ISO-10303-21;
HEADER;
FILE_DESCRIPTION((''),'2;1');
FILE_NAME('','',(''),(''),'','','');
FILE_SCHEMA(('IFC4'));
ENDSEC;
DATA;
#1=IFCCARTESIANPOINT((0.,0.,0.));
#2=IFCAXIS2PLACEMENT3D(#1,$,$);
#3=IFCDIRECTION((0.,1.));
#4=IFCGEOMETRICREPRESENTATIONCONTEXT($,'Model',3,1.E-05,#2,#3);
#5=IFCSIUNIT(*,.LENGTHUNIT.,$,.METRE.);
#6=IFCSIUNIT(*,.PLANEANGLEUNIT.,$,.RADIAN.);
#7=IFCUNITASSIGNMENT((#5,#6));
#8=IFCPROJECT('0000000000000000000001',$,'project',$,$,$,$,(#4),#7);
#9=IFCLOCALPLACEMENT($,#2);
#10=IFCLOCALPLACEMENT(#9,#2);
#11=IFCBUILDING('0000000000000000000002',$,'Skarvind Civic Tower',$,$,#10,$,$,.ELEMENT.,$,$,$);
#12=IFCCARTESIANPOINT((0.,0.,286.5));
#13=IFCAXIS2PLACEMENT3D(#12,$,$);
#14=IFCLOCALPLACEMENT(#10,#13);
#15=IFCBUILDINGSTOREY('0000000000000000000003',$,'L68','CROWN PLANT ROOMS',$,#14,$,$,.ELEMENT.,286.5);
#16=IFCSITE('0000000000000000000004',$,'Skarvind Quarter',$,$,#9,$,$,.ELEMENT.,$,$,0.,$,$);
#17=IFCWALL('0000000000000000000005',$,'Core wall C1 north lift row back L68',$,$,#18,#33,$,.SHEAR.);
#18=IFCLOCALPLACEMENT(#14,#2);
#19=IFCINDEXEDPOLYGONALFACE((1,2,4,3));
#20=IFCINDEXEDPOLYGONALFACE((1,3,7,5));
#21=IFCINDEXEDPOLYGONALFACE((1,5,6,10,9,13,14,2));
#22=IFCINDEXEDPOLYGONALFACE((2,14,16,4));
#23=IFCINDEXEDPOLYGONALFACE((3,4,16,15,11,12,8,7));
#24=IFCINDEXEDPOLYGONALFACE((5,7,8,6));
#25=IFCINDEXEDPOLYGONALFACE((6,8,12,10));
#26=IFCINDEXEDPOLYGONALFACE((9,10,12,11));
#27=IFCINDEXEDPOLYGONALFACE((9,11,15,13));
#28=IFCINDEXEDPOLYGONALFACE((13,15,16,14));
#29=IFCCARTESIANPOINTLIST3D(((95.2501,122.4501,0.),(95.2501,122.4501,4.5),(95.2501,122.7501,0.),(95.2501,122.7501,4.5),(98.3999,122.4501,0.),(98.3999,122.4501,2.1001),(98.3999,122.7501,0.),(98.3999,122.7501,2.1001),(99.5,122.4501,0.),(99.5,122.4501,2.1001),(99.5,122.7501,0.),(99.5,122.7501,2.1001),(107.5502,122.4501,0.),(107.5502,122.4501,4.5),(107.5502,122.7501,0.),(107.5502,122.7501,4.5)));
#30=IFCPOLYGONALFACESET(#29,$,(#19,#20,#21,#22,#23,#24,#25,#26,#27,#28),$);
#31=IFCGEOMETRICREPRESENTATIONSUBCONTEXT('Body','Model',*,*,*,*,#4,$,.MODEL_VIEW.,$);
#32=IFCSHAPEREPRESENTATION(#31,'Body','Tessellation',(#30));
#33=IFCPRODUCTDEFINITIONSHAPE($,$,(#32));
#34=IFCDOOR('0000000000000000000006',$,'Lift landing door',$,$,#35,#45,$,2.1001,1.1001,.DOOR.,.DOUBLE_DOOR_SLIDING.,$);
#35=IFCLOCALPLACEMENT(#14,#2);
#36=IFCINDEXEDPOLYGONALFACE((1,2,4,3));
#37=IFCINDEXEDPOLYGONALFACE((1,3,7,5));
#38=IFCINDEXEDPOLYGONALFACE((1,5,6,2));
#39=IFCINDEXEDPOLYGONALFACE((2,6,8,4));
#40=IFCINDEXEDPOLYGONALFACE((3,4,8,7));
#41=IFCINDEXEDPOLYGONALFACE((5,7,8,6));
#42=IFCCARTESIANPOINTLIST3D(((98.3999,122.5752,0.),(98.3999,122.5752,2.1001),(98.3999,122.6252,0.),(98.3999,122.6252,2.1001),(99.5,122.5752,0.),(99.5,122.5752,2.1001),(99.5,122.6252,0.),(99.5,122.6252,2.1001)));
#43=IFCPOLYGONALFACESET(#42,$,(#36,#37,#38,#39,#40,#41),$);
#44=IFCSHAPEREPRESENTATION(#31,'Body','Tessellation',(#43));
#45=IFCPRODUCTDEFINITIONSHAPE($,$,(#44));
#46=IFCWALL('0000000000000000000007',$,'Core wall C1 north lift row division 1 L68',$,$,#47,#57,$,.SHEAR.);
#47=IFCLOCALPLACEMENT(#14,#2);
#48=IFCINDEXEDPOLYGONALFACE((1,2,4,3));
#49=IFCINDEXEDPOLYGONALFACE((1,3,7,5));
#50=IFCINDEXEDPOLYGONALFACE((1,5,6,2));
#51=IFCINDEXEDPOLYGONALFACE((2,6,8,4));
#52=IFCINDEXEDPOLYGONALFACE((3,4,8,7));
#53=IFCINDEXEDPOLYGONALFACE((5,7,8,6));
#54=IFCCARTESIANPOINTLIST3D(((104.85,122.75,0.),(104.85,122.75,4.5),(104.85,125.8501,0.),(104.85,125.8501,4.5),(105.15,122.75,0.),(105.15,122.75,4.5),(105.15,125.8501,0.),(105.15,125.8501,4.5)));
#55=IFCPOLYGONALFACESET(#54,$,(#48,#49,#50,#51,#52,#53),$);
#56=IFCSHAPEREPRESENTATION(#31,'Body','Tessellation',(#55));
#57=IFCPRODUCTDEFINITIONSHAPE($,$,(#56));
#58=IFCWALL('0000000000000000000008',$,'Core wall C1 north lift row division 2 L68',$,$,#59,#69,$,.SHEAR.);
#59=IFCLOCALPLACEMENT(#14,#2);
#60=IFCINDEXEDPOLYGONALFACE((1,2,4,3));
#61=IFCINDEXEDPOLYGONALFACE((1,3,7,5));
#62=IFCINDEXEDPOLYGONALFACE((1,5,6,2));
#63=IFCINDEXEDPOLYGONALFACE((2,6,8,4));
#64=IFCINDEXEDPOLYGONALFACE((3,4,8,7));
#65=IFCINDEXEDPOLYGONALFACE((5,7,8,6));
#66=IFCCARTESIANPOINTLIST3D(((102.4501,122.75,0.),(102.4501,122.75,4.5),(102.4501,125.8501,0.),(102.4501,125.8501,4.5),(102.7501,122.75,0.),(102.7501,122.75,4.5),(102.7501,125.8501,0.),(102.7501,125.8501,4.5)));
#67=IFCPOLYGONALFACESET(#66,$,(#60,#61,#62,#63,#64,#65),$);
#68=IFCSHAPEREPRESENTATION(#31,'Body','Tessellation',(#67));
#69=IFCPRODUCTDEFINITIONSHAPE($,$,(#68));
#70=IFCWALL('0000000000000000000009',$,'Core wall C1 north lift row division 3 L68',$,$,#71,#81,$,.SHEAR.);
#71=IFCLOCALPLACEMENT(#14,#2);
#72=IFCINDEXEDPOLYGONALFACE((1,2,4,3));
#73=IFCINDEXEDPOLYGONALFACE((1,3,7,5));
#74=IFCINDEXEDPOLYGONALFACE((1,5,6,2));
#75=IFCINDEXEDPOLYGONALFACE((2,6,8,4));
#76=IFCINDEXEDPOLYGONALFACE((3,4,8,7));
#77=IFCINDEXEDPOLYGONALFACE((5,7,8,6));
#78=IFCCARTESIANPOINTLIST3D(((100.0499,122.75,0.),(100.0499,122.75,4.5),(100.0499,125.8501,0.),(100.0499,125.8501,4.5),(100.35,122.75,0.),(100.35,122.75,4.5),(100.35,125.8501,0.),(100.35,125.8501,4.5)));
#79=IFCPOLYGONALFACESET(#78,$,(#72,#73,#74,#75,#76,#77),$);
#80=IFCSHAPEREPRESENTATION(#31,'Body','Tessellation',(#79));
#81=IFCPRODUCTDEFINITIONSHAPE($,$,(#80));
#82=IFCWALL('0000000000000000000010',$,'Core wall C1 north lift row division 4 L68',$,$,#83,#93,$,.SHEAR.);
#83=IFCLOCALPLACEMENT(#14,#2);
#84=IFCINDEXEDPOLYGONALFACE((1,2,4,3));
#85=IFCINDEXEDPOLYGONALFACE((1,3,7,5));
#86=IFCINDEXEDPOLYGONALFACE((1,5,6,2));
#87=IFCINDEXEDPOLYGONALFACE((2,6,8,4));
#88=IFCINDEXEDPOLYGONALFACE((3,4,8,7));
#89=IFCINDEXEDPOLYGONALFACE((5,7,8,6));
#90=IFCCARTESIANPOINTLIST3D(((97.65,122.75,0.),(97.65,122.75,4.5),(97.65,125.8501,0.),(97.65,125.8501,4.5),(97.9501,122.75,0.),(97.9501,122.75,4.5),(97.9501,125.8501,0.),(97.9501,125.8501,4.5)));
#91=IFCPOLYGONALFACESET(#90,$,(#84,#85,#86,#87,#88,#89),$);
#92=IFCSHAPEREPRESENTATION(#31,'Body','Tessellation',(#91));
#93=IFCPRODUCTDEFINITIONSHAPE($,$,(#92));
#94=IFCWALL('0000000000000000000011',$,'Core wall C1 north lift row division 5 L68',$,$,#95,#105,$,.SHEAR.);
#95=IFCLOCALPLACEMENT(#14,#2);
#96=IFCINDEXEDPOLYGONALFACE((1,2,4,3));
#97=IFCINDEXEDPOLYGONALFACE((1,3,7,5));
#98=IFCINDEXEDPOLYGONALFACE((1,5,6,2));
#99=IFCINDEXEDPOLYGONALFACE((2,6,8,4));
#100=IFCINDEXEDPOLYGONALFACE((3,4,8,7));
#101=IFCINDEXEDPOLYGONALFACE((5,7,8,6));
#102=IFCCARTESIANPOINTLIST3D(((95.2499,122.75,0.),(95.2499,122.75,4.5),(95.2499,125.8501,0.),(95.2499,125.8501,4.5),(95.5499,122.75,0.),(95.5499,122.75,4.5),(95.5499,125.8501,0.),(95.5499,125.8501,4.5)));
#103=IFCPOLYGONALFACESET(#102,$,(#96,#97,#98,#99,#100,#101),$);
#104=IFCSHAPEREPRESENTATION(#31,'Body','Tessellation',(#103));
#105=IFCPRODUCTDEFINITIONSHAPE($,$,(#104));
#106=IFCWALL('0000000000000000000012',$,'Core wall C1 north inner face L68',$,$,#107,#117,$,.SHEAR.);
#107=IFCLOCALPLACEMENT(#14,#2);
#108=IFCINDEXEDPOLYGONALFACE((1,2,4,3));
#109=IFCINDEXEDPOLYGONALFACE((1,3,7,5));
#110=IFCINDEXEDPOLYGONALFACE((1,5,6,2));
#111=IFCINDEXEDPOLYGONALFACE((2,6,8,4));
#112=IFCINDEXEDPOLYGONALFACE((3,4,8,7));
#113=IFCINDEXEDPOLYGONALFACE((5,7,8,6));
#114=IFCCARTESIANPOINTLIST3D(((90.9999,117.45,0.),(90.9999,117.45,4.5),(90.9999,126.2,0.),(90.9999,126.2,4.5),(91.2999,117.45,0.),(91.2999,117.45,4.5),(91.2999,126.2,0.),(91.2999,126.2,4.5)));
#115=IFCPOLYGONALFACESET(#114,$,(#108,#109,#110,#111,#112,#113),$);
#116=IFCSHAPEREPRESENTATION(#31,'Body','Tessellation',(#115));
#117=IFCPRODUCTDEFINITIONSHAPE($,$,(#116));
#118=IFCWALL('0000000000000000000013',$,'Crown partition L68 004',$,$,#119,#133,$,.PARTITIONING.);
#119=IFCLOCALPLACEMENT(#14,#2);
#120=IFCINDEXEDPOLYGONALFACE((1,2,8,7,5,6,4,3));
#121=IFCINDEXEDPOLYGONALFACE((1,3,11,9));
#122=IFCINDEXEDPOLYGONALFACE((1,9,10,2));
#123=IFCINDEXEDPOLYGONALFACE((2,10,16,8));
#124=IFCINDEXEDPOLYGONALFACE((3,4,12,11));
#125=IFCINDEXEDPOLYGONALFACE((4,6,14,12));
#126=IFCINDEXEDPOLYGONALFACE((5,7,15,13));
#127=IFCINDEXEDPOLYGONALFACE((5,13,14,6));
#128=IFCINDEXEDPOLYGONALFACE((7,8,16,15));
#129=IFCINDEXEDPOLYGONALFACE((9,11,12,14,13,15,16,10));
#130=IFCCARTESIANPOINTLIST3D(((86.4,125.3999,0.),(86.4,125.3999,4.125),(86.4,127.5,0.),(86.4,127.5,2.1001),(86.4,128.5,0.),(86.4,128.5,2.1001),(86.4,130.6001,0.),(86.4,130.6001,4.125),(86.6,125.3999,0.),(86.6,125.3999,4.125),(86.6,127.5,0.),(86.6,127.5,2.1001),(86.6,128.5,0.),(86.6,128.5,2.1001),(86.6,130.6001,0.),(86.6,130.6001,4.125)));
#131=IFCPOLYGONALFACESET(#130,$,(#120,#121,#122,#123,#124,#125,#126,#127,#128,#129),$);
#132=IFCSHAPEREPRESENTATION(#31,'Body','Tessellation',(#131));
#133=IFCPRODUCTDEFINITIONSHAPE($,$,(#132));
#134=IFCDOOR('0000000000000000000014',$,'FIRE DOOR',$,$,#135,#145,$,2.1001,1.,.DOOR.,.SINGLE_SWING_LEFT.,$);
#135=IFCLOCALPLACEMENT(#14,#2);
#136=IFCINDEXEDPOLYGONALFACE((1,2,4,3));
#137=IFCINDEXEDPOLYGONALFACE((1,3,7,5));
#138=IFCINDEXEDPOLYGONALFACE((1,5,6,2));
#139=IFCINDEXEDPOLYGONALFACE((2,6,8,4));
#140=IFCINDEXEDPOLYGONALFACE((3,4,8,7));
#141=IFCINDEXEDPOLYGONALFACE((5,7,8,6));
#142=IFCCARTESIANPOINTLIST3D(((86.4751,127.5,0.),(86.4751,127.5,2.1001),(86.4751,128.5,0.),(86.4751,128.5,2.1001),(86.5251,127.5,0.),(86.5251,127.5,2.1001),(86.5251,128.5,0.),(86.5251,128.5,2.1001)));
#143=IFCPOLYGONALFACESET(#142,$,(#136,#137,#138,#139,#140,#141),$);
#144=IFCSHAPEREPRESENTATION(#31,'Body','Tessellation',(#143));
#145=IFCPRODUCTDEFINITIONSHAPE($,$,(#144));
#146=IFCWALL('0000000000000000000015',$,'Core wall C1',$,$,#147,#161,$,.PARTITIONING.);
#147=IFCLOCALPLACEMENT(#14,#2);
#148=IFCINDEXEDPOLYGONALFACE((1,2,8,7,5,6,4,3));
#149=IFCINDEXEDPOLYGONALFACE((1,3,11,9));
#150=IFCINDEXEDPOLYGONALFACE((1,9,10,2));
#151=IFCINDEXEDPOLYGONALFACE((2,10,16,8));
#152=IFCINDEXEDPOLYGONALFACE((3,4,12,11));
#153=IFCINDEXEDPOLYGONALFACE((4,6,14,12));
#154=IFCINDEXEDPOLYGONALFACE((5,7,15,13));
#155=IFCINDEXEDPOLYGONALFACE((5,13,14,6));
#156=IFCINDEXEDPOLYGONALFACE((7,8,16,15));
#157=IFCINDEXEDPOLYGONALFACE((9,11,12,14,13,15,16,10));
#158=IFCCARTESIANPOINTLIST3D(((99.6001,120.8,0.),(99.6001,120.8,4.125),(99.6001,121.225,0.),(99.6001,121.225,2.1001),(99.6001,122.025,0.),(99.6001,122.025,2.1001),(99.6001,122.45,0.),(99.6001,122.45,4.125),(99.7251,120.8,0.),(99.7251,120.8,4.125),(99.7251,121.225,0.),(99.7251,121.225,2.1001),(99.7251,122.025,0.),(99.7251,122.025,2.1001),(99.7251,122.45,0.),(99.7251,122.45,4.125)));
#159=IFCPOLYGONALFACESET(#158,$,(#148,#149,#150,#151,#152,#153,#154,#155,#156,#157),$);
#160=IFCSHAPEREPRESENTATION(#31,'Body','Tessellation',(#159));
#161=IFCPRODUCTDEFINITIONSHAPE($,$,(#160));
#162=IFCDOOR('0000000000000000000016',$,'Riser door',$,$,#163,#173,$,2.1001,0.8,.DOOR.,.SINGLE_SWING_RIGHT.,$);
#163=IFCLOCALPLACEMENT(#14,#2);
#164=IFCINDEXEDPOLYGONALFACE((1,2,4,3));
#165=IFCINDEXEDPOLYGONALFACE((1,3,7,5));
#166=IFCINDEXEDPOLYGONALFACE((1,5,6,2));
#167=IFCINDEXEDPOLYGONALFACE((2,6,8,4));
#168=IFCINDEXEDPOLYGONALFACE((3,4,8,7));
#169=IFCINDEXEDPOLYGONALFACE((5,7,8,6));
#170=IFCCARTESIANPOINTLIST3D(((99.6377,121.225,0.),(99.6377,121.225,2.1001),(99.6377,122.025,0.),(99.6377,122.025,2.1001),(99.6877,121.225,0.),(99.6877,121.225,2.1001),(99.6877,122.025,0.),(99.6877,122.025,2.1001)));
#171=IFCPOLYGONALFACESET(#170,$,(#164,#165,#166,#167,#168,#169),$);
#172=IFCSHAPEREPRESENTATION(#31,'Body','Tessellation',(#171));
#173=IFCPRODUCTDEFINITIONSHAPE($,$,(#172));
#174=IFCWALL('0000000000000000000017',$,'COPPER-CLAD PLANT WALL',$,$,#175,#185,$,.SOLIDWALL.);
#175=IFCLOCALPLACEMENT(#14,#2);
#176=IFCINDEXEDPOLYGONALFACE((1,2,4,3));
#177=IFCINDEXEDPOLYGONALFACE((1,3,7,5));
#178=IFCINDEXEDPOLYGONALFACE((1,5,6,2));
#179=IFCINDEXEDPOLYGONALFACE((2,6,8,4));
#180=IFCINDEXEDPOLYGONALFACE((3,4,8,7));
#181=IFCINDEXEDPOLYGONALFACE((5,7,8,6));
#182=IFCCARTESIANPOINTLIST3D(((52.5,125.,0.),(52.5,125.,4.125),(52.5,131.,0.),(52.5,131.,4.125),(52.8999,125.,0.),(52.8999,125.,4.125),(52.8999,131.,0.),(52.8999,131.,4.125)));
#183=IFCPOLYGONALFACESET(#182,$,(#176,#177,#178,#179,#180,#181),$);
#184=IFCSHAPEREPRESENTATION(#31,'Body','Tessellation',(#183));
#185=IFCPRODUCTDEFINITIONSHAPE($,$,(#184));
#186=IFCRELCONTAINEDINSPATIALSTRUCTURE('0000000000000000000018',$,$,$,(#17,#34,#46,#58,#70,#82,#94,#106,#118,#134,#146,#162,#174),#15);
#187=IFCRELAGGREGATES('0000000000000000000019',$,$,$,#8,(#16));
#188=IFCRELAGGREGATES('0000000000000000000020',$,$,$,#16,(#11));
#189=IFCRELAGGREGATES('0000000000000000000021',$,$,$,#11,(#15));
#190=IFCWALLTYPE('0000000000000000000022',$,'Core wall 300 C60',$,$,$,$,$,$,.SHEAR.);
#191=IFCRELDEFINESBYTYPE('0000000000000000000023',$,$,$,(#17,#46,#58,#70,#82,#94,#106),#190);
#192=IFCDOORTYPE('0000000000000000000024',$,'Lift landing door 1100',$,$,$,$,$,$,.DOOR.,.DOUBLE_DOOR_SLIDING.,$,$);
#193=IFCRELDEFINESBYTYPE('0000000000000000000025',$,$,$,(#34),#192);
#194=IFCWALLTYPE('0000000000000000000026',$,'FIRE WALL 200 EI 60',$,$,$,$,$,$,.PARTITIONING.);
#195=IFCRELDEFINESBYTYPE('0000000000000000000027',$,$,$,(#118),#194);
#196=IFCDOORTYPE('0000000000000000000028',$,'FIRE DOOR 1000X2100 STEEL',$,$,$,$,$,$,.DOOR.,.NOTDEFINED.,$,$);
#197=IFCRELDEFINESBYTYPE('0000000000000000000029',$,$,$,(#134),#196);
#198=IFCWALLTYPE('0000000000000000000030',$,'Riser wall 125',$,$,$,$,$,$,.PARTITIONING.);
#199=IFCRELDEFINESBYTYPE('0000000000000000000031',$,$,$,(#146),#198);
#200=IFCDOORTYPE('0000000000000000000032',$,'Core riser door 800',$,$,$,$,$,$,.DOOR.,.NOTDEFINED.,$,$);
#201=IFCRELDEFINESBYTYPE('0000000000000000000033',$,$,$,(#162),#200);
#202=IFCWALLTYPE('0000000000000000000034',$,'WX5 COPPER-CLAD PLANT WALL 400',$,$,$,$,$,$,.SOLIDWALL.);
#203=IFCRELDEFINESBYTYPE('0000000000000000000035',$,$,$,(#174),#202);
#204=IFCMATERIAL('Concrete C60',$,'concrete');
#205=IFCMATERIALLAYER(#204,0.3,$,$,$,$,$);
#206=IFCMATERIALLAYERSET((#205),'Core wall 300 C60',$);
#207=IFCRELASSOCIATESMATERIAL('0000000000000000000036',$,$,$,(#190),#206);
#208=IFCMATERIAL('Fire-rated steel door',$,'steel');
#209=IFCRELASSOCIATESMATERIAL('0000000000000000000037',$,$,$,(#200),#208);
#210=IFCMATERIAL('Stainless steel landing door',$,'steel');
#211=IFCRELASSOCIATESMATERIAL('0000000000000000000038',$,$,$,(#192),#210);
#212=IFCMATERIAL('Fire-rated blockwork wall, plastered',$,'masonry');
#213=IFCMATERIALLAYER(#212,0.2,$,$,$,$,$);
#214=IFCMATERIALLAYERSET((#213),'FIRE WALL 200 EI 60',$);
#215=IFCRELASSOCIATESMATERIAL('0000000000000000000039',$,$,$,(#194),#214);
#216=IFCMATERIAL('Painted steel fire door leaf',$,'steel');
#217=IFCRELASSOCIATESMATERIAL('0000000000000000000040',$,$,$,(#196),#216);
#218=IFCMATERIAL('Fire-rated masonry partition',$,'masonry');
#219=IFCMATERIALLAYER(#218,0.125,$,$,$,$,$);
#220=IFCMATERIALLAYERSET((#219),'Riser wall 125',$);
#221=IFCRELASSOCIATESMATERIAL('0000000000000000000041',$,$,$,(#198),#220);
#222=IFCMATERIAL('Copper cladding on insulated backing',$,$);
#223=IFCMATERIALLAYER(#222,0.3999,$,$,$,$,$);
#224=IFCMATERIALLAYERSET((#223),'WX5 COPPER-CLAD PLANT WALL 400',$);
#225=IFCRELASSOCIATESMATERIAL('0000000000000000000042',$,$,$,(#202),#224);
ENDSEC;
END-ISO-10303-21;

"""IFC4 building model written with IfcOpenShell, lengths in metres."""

from ifc_helpers import new_model, si_unit, direction, frame, frame_2d, origin, place, context, subcontext, project, spatial, rectangle, extrude, material, layer, layer_set, type_object, element, fill, save


model = new_model("IFC4")

# Units and contexts
model_context = context("Model", 3, precision=1e-05, world=origin(), true_north=direction((0.0, 1.0)))
body_context = subcontext(model_context, "Body", "Model", "MODEL_VIEW")
ifc_project = project(units=[si_unit("LENGTHUNIT", "METRE"), si_unit("PLANEANGLEUNIT", "RADIAN")], contexts=[model_context])

# Site, building, storey
site_placement = place(None, origin())
site = spatial("IfcSite", under=ifc_project, at=site_placement, Name="Skarvind Quarter", CompositionType="ELEMENT", RefElevation=0.0)
building_placement = place(site_placement, origin())
building = spatial("IfcBuilding", under=site, at=building_placement, Name="Skarvind Civic Tower", CompositionType="ELEMENT")
storey_placement = place(building_placement, frame((0.0, 0.0, 286.5)))
storey = spatial("IfcBuildingStorey", under=building, at=storey_placement, Name="L68", Description="CROWN PLANT ROOMS", CompositionType="ELEMENT", Elevation=286.5)

# Shared definitions
ifc_material_1 = material(Name="Concrete C60", Category="concrete")

# Shared definitions
ifc_material_2 = material(Name="Fire-rated masonry partition", Category="masonry")
ifc_material_3 = material(Name="Fire-rated steel door", Category="steel")

# Shared definitions
ifc_layer_1 = layer(ifc_material_1, 0.3)
ifc_layer_set_1 = layer_set([ifc_layer_1], Name="Core wall 300 C60")
wall_type_1 = type_object("IfcWallType", Name="Core wall 300 C60", PredefinedType="SHEAR", material=ifc_layer_set_1)
door_type_1 = type_object("IfcDoorType", Name="Core riser door 800", OperationType="NOTDEFINED", PredefinedType="DOOR", material=ifc_material_3)
ifc_material_4 = material(Name="Stainless steel landing door", Category="steel")
door_type_2 = type_object("IfcDoorType", Name="Lift landing door 1100", OperationType="DOUBLE_DOOR_SLIDING", PredefinedType="DOOR", material=ifc_material_4)

# Wall, opening, door
wall_1_placement = place(storey_placement, frame((107.55, 122.6001, 0.0), z_axis=(0.0, 0.0, 1.0), x_axis=(-1.0, 0.0, 0.0)))
wall_1 = element("IfcWall", 1, at=wall_1_placement, inside=storey, type_object=wall_type_1, Name="Core wall C1 north lift row back L68", PredefinedType="SHEAR", context=body_context, shape_type="SweptSolid", body=[
    extrude(rectangle(XDim=12.3, YDim=0.3, at=frame_2d((6.1499, 0.0))), origin(), (0.0, 0.0, 1.0), 4.5),
])
opening_1_placement = place(wall_1_placement, frame((8.05, 0.0, 0.0)))
opening_1 = element("IfcOpeningElement", 2, at=opening_1_placement, cuts=wall_1, PredefinedType="OPENING", context=body_context, shape_type="SweptSolid", body=[
    extrude(rectangle(XDim=1.1001, YDim=2.1001, at=frame_2d((0.55, 1.05))), frame((0.0, 0.1599, 0.0), z_axis=(0.0, -1.0, 0.0), x_axis=(1.0, 0.0, 0.0)), (0.0, 0.0, 1.0), 0.3201),
])
door_1_placement = place(opening_1_placement, origin())
door_1 = element("IfcDoor", 3, at=door_1_placement, inside=storey, type_object=door_type_2, Name="Lift landing door", OperationType="DOUBLE_DOOR_SLIDING", OverallHeight=2.1001, OverallWidth=1.1001, PredefinedType="DOOR", context=body_context, shape_type="SweptSolid", body=[
    extrude(rectangle(XDim=1.1001, YDim=2.1001, at=frame_2d((0.55, 1.05))), frame((0.0, 0.0249, 0.0), z_axis=(0.0, -1.0, 0.0), x_axis=(1.0, 0.0, 0.0)), (0.0, 0.0, 1.0), 0.05),
])
fill(opening_1, door_1)

# Walls
for number, where, z_axis, x_axis, name in (
    (4, (105.0, 125.8501, 0.0), (0.0, 0.0, 1.0), (0.0, -1.0, 0.0), "Core wall C1 north lift row division 1 L68"),
    (5, (102.6001, 125.8501, 0.0), (0.0, 0.0, 1.0), (0.0, -1.0, 0.0), "Core wall C1 north lift row division 2 L68"),
    (6, (100.2, 125.8501, 0.0), (0.0, 0.0, 1.0), (0.0, -1.0, 0.0), "Core wall C1 north lift row division 3 L68"),
    (7, (97.8, 125.8501, 0.0), (0.0, 0.0, 1.0), (0.0, -1.0, 0.0), "Core wall C1 north lift row division 4 L68"),
    (8, (95.3999, 125.8501, 0.0), (0.0, 0.0, 1.0), (0.0, -1.0, 0.0), "Core wall C1 north lift row division 5 L68"),
):
    element("IfcWall", number, at=place(storey_placement, frame(where, z_axis=z_axis, x_axis=x_axis)), inside=storey, type_object=wall_type_1, Name=name, PredefinedType="SHEAR", context=body_context, shape_type="SweptSolid", body=[
        extrude(rectangle(XDim=3.1001, YDim=0.3, at=frame_2d((1.55, 0.0))), origin(), (0.0, 0.0, 1.0), 4.5),
    ])
wall_2_placement = place(storey_placement, frame((91.1499, 126.2, 0.0), z_axis=(0.0, 0.0, 1.0), x_axis=(0.0, -1.0, 0.0)))
element("IfcWall", 9, at=wall_2_placement, inside=storey, type_object=wall_type_1, Name="Core wall C1 north inner face L68", PredefinedType="SHEAR", context=body_context, shape_type="SweptSolid", body=[
    extrude(rectangle(XDim=8.75, YDim=0.3, at=frame_2d((4.375, 0.0))), origin(), (0.0, 0.0, 1.0), 4.5),
])

# Walls, openings, doors
ifc_material_5 = material(Name="Fire-rated blockwork wall, plastered", Category="masonry")
ifc_layer_2 = layer(ifc_material_5, 0.2)
ifc_layer_set_2 = layer_set([ifc_layer_2], Name="FIRE WALL 200 EI 60")
wall_type_2 = type_object("IfcWallType", Name="FIRE WALL 200 EI 60", PredefinedType="PARTITIONING", material=ifc_layer_set_2)
wall_3_placement = place(storey_placement, frame((86.5, 125.3999, 0.0), z_axis=(0.0, 0.0, 1.0), x_axis=(0.0, 1.0, 0.0)))
wall_3 = element("IfcWall", 10, at=wall_3_placement, inside=storey, type_object=wall_type_2, Name="Crown partition L68 004", PredefinedType="PARTITIONING", context=body_context, shape_type="SweptSolid", body=[
    extrude(rectangle(XDim=5.2002, YDim=0.2, at=frame_2d((2.6001, 0.0))), origin(), (0.0, 0.0, 1.0), 4.125),
])
opening_2_placement = place(wall_3_placement, frame((2.1001, 0.0, 0.0)))
opening_2 = element("IfcOpeningElement", 11, at=opening_2_placement, cuts=wall_3, PredefinedType="OPENING", context=body_context, shape_type="SweptSolid", body=[
    extrude(rectangle(XDim=1.0, YDim=2.1001, at=frame_2d((0.5, 1.05))), frame((0.0, 0.1099, 0.0), z_axis=(0.0, -1.0, 0.0), x_axis=(1.0, 0.0, 0.0)), (0.0, 0.0, 1.0), 0.22),
])
ifc_material_6 = material(Name="Painted steel fire door leaf", Category="steel")
door_type_3 = type_object("IfcDoorType", Name="FIRE DOOR 1000X2100 STEEL", OperationType="NOTDEFINED", PredefinedType="DOOR", material=ifc_material_6)
door_2_placement = place(opening_2_placement, origin())
door_2 = element("IfcDoor", 12, at=door_2_placement, inside=storey, type_object=door_type_3, Name="FIRE DOOR", OperationType="SINGLE_SWING_LEFT", OverallHeight=2.1001, OverallWidth=1.0, PredefinedType="DOOR", context=body_context, shape_type="SweptSolid", body=[
    extrude(rectangle(XDim=1.0, YDim=2.1001, at=frame_2d((0.5, 1.05))), frame((0.0, 0.0249, 0.0), z_axis=(0.0, -1.0, 0.0), x_axis=(1.0, 0.0, 0.0)), (0.0, 0.0, 1.0), 0.05),
])
fill(opening_2, door_2)
ifc_layer_3 = layer(ifc_material_2, 0.125)
ifc_layer_set_3 = layer_set([ifc_layer_3], Name="Riser wall 125")
wall_type_3 = type_object("IfcWallType", Name="Riser wall 125", PredefinedType="PARTITIONING", material=ifc_layer_set_3)
wall_4_placement = place(storey_placement, frame((99.6626, 120.8, 0.0), z_axis=(0.0, 0.0, 1.0), x_axis=(0.0, 1.0, 0.0)))
wall_4 = element("IfcWall", 13, at=wall_4_placement, inside=storey, type_object=wall_type_3, Name="Core wall C1", PredefinedType="PARTITIONING", context=body_context, shape_type="SweptSolid", body=[
    extrude(rectangle(XDim=1.6499, YDim=0.125, at=frame_2d((0.825, 0.0))), origin(), (0.0, 0.0, 1.0), 4.125),
])
opening_3_placement = place(wall_4_placement, frame((0.425, 0.0, 0.0)))
opening_3 = element("IfcOpeningElement", 14, at=opening_3_placement, cuts=wall_4, PredefinedType="OPENING", context=body_context, shape_type="SweptSolid", body=[
    extrude(rectangle(XDim=0.8, YDim=2.1001, at=frame_2d((0.3999, 1.05))), frame((0.0, 0.0725, 0.0), z_axis=(0.0, -1.0, 0.0), x_axis=(1.0, 0.0, 0.0)), (0.0, 0.0, 1.0), 0.145),
])
door_3_placement = place(opening_3_placement, origin())
door_3 = element("IfcDoor", 15, at=door_3_placement, inside=storey, type_object=door_type_1, Name="Riser door", OperationType="SINGLE_SWING_RIGHT", OverallHeight=2.1001, OverallWidth=0.8, PredefinedType="DOOR", context=body_context, shape_type="SweptSolid", body=[
    extrude(rectangle(XDim=0.8, YDim=2.1001, at=frame_2d((0.3999, 1.05))), frame((0.0, 0.0249, 0.0), z_axis=(0.0, -1.0, 0.0), x_axis=(1.0, 0.0, 0.0)), (0.0, 0.0, 1.0), 0.05),
])
fill(opening_3, door_3)

# Wall
ifc_material_7 = material(Name="Copper cladding on insulated backing")
ifc_layer_4 = layer(ifc_material_7, 0.3999)
ifc_layer_set_4 = layer_set([ifc_layer_4], Name="WX5 COPPER-CLAD PLANT WALL 400")
wall_type_4 = type_object("IfcWallType", Name="WX5 COPPER-CLAD PLANT WALL 400", PredefinedType="SOLIDWALL", material=ifc_layer_set_4)
wall_5_placement = place(storey_placement, frame((52.7, 125.0, 0.0), z_axis=(0.0, 0.0, 1.0), x_axis=(0.0, 1.0, 0.0)))
element("IfcWall", 16, at=wall_5_placement, inside=storey, type_object=wall_type_4, Name="COPPER-CLAD PLANT WALL", PredefinedType="SOLIDWALL", context=body_context, shape_type="SweptSolid", body=[
    extrude(rectangle(XDim=6.0, YDim=0.3999, at=frame_2d((3.0, 0.0))), origin(), (0.0, 0.0, 1.0), 4.125),
])

save(model, "model.ifc")
